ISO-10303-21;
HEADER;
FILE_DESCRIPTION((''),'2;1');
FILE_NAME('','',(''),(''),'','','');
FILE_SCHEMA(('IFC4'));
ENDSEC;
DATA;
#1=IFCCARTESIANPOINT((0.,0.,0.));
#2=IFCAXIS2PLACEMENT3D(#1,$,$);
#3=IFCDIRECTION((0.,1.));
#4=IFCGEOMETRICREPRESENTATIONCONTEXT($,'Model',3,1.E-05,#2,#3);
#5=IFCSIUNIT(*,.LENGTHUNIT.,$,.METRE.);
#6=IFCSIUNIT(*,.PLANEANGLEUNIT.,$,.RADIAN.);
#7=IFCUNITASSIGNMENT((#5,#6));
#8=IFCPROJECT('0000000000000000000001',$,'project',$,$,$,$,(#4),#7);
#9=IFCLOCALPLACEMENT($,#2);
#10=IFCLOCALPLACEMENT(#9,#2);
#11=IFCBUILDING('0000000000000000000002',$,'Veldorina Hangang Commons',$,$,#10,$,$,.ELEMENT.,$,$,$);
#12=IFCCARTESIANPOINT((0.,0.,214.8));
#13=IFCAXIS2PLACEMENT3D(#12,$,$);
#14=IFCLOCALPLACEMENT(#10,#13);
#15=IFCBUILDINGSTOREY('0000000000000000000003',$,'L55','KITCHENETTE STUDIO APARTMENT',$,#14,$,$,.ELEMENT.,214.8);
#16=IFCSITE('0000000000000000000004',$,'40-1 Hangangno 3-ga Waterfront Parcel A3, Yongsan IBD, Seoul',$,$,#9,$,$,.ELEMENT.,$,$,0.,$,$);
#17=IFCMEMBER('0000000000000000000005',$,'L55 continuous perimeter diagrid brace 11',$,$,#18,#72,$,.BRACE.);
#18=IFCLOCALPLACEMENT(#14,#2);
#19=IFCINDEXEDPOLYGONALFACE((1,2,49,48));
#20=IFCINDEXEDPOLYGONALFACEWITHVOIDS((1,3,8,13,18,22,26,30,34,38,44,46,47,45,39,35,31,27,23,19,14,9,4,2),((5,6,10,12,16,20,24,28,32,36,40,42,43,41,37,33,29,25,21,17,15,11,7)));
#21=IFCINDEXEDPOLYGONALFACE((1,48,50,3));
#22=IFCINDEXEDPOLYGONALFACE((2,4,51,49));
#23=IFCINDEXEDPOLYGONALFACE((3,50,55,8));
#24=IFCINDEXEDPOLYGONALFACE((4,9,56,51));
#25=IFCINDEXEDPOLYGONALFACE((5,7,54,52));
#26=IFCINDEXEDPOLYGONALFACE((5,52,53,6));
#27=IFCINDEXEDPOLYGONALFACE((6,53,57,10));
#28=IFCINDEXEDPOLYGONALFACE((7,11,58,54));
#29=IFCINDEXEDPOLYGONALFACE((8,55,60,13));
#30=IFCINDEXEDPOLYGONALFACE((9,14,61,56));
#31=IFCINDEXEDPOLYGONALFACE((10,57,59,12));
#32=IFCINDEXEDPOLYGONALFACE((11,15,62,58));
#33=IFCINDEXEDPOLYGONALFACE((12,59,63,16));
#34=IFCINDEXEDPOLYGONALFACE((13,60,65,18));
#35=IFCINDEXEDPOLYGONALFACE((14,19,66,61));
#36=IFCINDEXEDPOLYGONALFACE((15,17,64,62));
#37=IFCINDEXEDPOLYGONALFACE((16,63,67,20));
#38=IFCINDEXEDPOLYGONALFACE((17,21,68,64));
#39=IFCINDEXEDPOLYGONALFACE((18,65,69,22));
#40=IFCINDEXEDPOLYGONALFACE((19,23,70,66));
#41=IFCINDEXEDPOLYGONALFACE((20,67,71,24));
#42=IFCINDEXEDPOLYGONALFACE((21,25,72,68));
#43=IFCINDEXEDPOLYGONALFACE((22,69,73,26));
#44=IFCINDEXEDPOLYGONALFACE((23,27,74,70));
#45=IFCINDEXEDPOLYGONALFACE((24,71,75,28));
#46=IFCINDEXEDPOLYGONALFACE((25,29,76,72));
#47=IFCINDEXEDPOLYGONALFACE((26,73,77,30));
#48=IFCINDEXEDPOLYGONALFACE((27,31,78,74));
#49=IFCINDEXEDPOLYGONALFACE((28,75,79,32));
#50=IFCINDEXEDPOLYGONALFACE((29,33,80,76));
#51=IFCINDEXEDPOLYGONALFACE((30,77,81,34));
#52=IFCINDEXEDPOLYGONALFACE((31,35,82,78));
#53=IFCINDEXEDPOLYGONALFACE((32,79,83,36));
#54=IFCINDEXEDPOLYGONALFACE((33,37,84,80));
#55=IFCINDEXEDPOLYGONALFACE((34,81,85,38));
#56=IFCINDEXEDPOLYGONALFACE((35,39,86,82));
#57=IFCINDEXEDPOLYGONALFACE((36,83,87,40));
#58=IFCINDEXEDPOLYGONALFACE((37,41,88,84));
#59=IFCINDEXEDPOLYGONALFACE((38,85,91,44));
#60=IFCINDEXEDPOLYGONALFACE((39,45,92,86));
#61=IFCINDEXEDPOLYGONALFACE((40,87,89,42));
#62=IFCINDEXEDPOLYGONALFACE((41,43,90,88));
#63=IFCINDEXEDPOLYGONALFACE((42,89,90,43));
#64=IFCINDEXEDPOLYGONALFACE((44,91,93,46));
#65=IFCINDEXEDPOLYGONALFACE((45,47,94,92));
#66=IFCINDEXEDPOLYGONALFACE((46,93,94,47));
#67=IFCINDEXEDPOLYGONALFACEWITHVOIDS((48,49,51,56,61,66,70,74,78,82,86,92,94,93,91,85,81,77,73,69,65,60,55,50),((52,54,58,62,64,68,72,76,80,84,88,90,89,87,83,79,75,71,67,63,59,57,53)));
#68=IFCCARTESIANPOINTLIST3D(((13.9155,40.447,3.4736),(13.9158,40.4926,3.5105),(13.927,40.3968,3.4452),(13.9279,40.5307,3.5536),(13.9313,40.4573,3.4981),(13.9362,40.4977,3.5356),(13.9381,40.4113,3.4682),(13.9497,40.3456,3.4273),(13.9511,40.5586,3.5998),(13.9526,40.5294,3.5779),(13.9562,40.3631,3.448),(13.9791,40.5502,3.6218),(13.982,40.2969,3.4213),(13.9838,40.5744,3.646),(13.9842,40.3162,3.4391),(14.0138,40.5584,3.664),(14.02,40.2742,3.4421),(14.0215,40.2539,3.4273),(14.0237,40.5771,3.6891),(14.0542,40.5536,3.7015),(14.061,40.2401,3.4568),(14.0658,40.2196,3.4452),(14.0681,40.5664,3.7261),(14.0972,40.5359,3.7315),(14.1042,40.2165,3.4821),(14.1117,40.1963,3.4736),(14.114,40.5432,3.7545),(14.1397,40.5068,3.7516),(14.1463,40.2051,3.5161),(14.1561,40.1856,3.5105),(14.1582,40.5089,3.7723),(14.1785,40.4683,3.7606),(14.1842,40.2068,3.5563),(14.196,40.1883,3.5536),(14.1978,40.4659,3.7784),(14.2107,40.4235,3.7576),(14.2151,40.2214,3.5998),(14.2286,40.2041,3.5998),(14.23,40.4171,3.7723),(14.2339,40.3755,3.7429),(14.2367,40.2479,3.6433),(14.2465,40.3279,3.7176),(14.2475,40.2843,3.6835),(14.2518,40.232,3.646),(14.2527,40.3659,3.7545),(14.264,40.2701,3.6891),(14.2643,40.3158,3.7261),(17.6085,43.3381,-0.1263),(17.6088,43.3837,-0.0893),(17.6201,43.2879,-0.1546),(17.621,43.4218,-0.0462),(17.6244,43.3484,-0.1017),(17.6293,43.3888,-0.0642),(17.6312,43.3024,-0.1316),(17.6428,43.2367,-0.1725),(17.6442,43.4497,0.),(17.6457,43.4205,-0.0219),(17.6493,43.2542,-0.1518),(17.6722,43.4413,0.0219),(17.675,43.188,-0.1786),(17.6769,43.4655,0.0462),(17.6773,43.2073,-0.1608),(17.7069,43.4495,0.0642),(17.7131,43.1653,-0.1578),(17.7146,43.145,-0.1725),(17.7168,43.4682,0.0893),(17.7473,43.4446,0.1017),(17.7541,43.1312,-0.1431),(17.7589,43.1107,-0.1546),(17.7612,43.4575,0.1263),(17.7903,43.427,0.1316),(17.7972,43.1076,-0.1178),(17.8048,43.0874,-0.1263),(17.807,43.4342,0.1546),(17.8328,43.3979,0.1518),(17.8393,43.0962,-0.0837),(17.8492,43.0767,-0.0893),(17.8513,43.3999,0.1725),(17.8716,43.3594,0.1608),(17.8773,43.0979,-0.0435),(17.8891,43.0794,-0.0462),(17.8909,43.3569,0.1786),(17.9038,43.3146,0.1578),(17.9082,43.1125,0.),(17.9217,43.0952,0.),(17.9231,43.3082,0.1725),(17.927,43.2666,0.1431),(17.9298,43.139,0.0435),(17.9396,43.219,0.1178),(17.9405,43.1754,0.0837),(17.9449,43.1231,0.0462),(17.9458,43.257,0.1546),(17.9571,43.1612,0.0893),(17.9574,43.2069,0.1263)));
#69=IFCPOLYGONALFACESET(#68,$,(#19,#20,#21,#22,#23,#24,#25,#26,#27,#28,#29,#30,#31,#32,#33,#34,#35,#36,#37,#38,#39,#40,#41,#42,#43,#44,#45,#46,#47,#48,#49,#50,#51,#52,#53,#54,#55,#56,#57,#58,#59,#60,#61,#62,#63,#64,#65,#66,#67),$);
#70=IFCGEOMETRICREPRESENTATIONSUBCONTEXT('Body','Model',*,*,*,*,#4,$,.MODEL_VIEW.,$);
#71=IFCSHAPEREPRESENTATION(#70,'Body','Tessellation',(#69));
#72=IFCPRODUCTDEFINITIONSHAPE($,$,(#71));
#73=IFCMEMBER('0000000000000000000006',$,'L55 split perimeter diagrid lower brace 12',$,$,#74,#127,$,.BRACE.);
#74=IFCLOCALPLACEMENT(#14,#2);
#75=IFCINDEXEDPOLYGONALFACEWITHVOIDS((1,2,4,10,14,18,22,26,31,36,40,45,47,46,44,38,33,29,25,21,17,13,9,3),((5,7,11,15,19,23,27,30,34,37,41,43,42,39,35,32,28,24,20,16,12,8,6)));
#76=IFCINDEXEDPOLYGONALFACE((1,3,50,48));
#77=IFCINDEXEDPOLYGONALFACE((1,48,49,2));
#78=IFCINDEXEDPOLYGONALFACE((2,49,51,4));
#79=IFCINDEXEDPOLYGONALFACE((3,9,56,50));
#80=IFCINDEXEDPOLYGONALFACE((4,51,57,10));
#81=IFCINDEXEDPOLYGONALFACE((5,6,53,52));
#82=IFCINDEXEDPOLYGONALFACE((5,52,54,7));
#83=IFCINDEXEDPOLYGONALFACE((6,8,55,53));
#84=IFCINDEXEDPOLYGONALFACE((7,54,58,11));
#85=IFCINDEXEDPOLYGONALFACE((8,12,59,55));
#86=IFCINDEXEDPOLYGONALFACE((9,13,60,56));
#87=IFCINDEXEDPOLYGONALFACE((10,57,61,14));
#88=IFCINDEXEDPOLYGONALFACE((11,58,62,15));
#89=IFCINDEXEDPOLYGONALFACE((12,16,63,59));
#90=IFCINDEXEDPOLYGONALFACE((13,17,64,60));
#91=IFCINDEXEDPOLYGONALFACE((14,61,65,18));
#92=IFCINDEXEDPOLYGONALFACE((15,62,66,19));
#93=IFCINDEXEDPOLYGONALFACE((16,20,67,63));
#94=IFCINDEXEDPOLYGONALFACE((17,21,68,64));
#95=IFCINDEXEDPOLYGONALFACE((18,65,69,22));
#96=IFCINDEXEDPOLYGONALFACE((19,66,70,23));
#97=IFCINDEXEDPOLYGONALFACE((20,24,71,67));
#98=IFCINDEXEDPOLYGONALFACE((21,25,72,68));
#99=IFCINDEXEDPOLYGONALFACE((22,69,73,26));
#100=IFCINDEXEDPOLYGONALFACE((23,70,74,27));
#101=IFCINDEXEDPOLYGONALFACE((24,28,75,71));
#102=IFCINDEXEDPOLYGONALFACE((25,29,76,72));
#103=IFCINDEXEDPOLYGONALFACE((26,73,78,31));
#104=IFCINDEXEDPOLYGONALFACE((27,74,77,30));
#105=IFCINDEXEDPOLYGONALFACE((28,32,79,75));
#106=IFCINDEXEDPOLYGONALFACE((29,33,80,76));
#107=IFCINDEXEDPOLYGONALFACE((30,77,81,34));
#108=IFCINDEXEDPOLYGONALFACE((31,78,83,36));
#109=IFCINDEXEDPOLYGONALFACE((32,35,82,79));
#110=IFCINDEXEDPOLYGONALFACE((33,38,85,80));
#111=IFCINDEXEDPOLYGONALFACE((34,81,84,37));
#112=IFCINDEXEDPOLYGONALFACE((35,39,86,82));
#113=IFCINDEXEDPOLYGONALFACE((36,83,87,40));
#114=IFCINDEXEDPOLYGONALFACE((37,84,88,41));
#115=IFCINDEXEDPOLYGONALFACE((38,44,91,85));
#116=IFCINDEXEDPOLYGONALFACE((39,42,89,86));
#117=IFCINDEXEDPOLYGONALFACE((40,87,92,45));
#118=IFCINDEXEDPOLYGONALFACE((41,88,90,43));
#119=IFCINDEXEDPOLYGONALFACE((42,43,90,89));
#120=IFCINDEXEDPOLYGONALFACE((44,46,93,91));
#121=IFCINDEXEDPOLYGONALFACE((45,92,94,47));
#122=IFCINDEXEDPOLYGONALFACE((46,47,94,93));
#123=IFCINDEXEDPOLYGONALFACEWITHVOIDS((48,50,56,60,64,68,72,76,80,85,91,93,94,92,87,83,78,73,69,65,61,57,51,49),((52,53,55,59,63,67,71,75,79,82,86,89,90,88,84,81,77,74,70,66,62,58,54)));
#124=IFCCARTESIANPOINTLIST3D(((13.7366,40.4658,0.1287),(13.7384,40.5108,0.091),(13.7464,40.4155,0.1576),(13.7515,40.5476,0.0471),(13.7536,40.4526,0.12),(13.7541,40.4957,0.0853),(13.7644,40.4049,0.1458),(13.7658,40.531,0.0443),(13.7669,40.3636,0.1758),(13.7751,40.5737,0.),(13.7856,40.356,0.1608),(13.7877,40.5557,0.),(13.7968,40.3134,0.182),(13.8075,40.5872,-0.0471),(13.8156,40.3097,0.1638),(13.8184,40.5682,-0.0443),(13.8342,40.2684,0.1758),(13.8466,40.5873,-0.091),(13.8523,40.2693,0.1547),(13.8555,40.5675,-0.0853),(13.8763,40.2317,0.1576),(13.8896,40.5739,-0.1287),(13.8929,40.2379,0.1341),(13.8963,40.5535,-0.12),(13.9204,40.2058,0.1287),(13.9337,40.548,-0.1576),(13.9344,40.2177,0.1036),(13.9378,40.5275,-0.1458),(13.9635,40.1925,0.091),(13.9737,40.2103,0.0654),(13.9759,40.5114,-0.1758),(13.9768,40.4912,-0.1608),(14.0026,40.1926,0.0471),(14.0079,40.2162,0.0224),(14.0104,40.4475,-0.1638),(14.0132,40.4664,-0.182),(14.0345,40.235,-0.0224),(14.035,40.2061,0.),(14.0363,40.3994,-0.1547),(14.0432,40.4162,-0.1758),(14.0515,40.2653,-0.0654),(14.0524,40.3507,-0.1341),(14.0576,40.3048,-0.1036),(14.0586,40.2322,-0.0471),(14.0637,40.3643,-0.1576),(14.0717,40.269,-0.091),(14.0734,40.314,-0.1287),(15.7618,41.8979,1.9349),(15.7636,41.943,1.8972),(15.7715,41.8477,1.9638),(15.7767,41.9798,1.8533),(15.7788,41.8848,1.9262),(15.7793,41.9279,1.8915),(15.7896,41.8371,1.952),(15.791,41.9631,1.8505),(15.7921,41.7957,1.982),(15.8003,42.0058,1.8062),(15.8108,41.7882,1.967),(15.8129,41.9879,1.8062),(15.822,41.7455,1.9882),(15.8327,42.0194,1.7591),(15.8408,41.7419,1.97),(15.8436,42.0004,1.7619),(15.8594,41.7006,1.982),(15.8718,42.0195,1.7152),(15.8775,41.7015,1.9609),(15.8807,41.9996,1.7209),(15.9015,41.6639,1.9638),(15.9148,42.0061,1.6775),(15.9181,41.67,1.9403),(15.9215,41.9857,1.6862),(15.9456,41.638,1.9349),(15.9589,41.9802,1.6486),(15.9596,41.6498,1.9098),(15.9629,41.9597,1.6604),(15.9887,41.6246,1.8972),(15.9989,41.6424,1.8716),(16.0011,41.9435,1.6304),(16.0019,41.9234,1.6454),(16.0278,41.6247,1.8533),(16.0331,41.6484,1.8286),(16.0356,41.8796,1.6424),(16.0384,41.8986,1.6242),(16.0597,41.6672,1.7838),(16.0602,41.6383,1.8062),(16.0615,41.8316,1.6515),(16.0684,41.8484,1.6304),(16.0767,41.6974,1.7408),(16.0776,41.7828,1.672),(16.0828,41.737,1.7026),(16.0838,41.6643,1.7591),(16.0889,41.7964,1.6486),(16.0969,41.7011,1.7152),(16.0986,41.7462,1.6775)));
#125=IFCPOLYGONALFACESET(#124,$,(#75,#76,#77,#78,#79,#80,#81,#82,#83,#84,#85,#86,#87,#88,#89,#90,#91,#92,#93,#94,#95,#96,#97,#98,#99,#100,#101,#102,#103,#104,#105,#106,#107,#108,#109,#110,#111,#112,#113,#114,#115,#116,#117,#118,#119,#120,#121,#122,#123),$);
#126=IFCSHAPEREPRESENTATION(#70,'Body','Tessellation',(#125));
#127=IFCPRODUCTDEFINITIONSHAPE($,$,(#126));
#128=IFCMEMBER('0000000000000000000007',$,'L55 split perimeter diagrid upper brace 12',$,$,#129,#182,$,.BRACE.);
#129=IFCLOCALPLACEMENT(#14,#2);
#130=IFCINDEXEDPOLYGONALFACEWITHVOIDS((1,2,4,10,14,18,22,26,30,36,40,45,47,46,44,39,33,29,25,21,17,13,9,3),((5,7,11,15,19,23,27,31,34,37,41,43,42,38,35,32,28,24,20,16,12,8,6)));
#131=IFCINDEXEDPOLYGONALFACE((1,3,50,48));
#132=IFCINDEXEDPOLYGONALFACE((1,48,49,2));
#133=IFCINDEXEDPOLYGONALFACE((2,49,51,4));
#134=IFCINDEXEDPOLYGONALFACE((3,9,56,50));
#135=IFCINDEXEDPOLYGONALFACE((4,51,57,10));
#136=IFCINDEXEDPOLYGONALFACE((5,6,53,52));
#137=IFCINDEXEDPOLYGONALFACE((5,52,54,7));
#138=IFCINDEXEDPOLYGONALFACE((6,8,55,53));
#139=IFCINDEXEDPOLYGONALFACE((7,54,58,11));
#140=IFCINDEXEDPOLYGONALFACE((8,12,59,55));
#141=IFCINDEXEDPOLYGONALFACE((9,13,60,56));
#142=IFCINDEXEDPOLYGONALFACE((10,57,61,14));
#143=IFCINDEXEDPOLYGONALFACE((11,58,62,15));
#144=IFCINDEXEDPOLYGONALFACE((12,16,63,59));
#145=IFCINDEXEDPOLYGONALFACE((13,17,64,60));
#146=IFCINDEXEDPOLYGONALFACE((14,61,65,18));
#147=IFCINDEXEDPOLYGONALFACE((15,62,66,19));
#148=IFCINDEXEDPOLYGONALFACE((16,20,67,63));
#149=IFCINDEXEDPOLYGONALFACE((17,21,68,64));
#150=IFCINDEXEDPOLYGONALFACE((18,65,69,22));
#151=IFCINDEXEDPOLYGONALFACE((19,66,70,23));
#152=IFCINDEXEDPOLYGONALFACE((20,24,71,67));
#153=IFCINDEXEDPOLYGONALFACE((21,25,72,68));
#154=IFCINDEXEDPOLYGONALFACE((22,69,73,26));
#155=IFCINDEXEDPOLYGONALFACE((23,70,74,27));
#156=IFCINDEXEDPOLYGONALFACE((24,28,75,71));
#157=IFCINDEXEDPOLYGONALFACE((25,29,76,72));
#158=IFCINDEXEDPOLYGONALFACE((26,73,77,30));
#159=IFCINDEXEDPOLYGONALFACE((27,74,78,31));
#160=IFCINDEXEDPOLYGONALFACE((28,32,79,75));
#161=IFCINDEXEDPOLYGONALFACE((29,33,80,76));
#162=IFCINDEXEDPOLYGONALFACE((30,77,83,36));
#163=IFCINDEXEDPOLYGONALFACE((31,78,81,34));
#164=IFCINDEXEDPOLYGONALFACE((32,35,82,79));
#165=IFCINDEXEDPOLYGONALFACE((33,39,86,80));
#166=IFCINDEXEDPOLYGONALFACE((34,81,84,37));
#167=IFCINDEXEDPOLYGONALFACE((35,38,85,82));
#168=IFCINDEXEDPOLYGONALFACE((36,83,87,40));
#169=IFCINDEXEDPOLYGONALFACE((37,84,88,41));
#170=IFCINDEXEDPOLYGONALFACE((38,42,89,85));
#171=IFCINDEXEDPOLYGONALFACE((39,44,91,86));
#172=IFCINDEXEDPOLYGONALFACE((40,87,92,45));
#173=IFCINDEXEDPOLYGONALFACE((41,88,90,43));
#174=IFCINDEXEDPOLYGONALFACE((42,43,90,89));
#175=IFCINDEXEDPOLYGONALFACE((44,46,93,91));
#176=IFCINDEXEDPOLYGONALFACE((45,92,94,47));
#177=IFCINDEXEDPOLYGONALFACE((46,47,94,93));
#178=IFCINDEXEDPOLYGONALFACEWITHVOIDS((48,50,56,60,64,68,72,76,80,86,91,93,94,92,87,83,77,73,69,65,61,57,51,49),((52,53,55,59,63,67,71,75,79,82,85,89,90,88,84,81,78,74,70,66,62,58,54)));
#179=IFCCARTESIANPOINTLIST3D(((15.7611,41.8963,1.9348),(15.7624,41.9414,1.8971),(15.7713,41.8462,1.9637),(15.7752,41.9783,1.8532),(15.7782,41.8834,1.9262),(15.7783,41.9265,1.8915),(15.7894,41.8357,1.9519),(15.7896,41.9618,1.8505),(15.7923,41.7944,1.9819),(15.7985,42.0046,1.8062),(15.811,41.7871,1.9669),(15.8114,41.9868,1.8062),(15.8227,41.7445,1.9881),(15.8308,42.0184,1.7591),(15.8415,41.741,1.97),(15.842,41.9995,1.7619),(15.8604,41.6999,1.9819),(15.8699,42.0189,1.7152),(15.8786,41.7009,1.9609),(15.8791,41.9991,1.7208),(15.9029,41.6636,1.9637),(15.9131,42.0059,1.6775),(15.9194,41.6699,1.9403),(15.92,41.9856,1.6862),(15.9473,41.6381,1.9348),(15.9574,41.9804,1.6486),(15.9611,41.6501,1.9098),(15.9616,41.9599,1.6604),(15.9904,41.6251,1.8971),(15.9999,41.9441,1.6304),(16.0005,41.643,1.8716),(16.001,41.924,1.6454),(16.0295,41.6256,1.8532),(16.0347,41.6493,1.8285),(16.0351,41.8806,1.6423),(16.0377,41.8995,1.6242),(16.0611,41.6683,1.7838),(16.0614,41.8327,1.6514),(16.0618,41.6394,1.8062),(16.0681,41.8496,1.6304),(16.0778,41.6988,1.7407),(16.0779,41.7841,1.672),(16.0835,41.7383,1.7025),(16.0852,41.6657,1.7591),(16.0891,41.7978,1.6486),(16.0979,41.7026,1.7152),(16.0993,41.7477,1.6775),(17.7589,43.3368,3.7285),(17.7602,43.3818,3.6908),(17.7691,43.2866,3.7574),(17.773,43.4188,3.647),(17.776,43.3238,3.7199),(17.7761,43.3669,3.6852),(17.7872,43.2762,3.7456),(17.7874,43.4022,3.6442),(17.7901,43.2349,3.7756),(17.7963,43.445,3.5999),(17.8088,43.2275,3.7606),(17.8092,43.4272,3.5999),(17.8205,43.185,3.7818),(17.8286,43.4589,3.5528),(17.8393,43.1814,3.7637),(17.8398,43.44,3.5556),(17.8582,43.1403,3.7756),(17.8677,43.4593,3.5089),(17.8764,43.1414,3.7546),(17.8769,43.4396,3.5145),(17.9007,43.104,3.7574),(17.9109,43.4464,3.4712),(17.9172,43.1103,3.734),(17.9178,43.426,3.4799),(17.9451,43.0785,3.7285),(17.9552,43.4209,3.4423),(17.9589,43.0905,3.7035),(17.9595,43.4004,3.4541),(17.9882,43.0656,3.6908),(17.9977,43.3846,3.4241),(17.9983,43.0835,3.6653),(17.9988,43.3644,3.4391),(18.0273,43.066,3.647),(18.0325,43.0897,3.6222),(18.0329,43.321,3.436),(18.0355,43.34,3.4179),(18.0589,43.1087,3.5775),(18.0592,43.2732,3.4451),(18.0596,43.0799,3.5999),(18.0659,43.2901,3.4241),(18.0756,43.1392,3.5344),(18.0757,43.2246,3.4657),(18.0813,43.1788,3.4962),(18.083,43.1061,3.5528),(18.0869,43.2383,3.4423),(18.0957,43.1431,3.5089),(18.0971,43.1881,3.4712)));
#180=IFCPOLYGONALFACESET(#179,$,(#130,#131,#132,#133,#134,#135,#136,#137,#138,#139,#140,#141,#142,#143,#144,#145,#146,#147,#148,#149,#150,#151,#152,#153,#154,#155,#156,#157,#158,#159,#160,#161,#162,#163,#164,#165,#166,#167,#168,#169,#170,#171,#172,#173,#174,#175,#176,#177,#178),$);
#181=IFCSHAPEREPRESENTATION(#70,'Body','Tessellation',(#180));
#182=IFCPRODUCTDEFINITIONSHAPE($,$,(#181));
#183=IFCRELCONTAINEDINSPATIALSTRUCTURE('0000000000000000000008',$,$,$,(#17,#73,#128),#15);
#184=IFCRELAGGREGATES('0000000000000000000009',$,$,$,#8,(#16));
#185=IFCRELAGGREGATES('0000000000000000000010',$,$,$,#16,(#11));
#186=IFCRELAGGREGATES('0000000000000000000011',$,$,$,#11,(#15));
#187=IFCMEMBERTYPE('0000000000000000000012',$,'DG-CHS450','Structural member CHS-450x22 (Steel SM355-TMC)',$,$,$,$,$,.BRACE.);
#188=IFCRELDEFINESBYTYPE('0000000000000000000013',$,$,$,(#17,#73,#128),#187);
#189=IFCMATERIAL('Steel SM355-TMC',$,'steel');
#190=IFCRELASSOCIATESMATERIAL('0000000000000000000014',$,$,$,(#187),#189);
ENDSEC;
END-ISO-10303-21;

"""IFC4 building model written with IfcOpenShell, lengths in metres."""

from ifc_helpers import new_model, si_unit, direction, frame, origin, origin_2d, place, context, subcontext, project, spatial, hollow_circle, extrude, material, material_profile, profile_set, type_object, element, save


model = new_model("IFC4")

# Units and contexts
model_context = context("Model", 3, precision=1e-05, world=origin(), true_north=direction((0.0, 1.0)))
body_context = subcontext(model_context, "Body", "Model", "MODEL_VIEW")
ifc_project = project(units=[si_unit("LENGTHUNIT", "METRE"), si_unit("PLANEANGLEUNIT", "RADIAN")], contexts=[model_context])

# Site, building, storey
site_placement = place(None, origin())
site = spatial("IfcSite", under=ifc_project, at=site_placement, Name="40-1 Hangangno 3-ga Waterfront Parcel A3, Yongsan IBD, Seoul", CompositionType="ELEMENT", RefElevation=0.0)
building_placement = place(site_placement, origin())
building = spatial("IfcBuilding", under=site, at=building_placement, Name="Veldorina Hangang Commons", CompositionType="ELEMENT")
storey_placement = place(building_placement, frame((0.0, 0.0, 214.8)))
storey = spatial("IfcBuildingStorey", under=building, at=storey_placement, Name="L55", Description="KITCHENETTE STUDIO APARTMENT", CompositionType="ELEMENT", Elevation=214.8)

# Shared definitions
ifc_material_1 = material(Name="Steel SM355-TMC", Category="steel")

# Members
ifc_material_profile_1 = material_profile(ifc_material_1, hollow_circle(Radius=0.2251, WallThickness=0.022, at=origin_2d()), Name="CHS-450x22")
ifc_profile_set_1 = profile_set([ifc_material_profile_1], Name="Steel SM355-TMC")
member_type_1 = type_object("IfcMemberType", Name="DG-CHS450", Description="Structural member CHS-450x22 (Steel SM355-TMC)", PredefinedType="BRACE", material=ifc_profile_set_1)
member_1_placement = place(storey_placement, frame((17.783, 43.2725, 0.0), z_axis=(-0.624638, -0.488991, 0.608864), x_axis=(0.616421, -0.787417, 0.0)))
element("IfcMember", 1, at=member_1_placement, inside=storey, type_object=member_type_1, Name="L55 continuous perimeter diagrid brace 11", PredefinedType="BRACE", context=body_context, shape_type="SweptSolid", body=[
    extrude(hollow_circle(Radius=0.2251, WallThickness=0.022, at=origin_2d()), origin(), (0.0, 0.0, 1.0), 5.9124),
])
member_2_placement = place(storey_placement, frame((13.905, 40.3899, 0.0), z_axis=(0.660025, 0.466752, 0.588651), x_axis=(-0.577386, 0.816471, 0.0)))
element("IfcMember", 2, at=member_2_placement, inside=storey, type_object=member_type_1, Name="L55 split perimeter diagrid lower brace 12", PredefinedType="BRACE", context=body_context, shape_type="SweptSolid", body=[
    extrude(hollow_circle(Radius=0.2251, WallThickness=0.022, at=origin_2d()), origin(), (0.0, 0.0, 1.0), 3.0684),
])
member_3_placement = place(storey_placement, frame((15.9302, 41.822, 1.8062), z_axis=(0.65569, 0.472757, 0.588703), x_axis=(-0.584843, 0.811147, 0.0)))
element("IfcMember", 3, at=member_3_placement, inside=storey, type_object=member_type_1, Name="L55 split perimeter diagrid upper brace 12", PredefinedType="BRACE", context=body_context, shape_type="SweptSolid", body=[
    extrude(hollow_circle(Radius=0.2251, WallThickness=0.022, at=origin_2d()), origin(), (0.0, 0.0, 1.0), 3.0469),
])

save(model, "model.ifc")
